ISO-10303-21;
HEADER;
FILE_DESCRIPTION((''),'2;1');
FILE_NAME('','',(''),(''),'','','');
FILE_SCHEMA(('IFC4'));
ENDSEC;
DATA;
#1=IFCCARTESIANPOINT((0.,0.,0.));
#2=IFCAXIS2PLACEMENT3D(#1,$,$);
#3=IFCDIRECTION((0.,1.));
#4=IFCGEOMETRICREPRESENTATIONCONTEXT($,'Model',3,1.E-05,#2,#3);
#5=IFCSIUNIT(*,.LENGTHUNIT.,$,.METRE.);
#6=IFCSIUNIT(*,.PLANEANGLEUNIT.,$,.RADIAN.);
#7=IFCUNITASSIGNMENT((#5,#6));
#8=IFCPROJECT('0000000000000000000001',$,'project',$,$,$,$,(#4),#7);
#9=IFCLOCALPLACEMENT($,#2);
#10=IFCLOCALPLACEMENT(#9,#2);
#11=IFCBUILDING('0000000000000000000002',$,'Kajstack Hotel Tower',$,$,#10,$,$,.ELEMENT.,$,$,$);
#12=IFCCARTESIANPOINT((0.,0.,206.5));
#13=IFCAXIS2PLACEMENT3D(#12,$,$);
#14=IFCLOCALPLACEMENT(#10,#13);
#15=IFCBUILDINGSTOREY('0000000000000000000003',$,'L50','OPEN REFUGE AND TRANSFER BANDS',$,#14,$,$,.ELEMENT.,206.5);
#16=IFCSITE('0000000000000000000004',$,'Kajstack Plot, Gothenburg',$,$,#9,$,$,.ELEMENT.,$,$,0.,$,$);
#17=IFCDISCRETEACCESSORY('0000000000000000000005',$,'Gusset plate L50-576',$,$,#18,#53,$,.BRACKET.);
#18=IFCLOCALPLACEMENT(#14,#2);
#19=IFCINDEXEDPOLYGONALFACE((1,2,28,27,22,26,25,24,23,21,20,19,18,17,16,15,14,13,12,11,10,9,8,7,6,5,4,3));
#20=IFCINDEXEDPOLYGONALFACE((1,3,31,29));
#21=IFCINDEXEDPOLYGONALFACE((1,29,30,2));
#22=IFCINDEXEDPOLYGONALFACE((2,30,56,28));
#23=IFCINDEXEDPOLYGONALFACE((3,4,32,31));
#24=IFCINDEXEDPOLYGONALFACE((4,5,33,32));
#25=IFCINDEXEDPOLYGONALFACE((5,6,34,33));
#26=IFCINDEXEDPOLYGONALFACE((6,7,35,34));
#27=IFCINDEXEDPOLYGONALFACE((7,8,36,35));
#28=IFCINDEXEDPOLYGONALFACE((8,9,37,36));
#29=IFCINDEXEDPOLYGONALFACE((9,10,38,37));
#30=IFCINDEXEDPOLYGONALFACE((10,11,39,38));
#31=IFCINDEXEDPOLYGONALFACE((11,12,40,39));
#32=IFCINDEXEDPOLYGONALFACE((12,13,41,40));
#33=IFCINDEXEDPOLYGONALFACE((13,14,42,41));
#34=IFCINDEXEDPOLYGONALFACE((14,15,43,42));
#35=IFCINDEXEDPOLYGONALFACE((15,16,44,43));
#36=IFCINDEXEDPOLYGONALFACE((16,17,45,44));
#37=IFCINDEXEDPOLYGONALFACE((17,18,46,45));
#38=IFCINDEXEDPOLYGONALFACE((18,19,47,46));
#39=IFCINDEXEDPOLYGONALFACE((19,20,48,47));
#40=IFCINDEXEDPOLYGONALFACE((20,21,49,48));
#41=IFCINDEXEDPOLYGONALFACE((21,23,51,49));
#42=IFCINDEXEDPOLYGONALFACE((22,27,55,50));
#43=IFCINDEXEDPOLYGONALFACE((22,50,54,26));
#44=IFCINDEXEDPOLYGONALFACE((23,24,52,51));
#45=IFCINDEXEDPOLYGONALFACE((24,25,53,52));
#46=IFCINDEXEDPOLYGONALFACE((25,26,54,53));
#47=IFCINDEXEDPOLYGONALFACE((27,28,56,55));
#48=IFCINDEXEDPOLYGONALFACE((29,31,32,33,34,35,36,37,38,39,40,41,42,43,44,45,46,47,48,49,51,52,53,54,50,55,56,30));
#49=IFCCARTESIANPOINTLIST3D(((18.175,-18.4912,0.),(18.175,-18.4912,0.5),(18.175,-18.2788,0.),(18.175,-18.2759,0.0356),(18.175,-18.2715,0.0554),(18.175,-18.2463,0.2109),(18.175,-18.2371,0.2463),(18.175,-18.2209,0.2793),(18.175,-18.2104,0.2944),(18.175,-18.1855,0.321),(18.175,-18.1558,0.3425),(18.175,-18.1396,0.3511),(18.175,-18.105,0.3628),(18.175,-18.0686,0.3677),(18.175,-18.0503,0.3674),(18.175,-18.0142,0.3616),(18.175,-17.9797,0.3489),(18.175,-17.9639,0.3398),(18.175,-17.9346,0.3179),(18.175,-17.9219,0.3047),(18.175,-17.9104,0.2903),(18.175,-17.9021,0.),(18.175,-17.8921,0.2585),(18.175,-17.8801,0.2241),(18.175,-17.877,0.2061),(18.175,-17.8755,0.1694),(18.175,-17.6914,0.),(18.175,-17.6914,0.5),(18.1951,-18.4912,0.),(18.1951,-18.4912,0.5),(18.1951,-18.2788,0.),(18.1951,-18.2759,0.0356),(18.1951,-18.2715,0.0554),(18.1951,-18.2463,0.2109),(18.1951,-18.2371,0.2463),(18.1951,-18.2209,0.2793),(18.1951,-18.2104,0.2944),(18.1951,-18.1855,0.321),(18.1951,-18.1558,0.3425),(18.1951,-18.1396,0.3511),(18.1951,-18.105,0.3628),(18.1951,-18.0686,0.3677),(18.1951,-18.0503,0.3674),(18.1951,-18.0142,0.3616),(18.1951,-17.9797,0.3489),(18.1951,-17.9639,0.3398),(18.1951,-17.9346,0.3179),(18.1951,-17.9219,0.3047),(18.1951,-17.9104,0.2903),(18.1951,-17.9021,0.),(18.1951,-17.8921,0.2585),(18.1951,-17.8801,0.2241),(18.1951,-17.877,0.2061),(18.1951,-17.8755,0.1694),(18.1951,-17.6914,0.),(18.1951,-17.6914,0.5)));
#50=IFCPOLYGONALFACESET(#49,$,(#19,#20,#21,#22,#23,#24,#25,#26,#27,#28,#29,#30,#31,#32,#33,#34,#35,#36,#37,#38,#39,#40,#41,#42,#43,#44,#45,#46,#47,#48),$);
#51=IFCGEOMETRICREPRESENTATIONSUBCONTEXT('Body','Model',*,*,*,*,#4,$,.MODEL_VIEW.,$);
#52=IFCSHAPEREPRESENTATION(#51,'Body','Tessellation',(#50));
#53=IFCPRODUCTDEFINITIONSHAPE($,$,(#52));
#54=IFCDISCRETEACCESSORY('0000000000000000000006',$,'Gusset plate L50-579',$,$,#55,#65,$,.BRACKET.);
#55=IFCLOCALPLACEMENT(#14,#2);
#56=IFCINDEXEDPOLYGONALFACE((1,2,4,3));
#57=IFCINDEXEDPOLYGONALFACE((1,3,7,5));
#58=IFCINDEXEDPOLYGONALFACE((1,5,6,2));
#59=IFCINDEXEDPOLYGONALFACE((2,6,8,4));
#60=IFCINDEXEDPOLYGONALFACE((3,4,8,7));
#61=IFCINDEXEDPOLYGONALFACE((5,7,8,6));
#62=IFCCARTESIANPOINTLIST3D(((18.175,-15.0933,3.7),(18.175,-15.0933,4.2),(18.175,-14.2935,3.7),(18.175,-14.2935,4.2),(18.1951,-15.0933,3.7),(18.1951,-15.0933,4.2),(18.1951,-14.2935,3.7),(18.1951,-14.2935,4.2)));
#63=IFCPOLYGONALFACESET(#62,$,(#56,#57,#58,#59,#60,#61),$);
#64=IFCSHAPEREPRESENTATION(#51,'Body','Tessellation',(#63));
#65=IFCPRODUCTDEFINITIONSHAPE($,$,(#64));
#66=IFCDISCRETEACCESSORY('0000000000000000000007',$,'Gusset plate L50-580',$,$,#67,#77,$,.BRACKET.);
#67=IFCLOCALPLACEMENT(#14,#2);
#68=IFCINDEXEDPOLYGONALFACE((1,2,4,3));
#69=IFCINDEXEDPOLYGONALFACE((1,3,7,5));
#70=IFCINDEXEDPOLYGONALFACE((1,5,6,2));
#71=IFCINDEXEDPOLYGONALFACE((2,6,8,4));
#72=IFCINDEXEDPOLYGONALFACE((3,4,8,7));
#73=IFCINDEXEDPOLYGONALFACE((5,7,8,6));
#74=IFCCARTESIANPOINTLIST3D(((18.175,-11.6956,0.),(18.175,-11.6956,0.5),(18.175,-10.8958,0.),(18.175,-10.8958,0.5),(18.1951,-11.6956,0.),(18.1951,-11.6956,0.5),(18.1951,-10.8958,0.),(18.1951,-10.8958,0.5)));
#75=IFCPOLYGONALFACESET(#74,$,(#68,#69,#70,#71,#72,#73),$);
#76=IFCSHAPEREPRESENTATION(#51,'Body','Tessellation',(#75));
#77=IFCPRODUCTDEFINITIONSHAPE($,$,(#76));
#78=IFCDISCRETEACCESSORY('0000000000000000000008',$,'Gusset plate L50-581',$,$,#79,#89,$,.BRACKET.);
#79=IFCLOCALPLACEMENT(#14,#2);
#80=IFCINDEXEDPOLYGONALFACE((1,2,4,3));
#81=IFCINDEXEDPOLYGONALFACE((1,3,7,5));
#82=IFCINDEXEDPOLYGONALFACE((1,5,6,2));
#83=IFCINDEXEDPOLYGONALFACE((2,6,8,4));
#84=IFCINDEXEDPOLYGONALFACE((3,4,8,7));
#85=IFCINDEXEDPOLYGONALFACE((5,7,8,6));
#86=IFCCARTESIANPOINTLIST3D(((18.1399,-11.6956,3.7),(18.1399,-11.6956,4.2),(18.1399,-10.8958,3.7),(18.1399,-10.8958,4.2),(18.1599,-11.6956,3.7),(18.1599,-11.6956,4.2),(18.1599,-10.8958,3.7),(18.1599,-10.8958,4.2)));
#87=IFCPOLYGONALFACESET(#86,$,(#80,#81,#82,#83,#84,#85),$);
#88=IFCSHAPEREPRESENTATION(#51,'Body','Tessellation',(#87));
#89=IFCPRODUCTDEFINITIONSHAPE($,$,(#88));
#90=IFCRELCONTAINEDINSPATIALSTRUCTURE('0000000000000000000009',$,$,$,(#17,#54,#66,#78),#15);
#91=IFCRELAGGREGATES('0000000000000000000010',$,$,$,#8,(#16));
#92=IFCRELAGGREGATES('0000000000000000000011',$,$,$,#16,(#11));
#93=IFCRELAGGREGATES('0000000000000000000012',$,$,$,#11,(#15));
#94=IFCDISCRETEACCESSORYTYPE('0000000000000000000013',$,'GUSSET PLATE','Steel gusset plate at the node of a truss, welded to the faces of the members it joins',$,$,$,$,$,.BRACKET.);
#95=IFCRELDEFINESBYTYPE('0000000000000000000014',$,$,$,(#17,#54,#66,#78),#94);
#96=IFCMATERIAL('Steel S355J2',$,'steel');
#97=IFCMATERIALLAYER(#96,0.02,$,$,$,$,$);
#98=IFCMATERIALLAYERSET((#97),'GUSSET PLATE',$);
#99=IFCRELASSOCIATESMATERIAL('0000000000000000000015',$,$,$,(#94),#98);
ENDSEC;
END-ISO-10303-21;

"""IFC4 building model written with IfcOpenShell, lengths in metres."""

from ifc_helpers import new_model, si_unit, direction, frame, origin, place, context, subcontext, project, spatial, polyline, outline, extrude, material, layer, layer_set, type_object, element, save


model = new_model("IFC4")

# Units and contexts
model_context = context("Model", 3, precision=1e-05, world=origin(), true_north=direction((0.0, 1.0)))
body_context = subcontext(model_context, "Body", "Model", "MODEL_VIEW")
ifc_project = project(units=[si_unit("LENGTHUNIT", "METRE"), si_unit("PLANEANGLEUNIT", "RADIAN")], contexts=[model_context])

# Site, building, storey
site_placement = place(None, origin())
site = spatial("IfcSite", under=ifc_project, at=site_placement, Name="Kajstack Plot, Gothenburg", CompositionType="ELEMENT", RefElevation=0.0)
building_placement = place(site_placement, origin())
building = spatial("IfcBuilding", under=site, at=building_placement, Name="Kajstack Hotel Tower", CompositionType="ELEMENT")
storey_placement = place(building_placement, frame((0.0, 0.0, 206.5)))
storey = spatial("IfcBuildingStorey", under=building, at=storey_placement, Name="L50", Description="OPEN REFUGE AND TRANSFER BANDS", CompositionType="ELEMENT", Elevation=206.5)

# Shared definitions
ifc_material_1 = material(Name="Steel S355J2", Category="steel")

# Discrete accessories
ifc_layer_1 = layer(ifc_material_1, 0.02)
ifc_layer_set_1 = layer_set([ifc_layer_1], Name="GUSSET PLATE")
discrete_accessory_type = type_object("IfcDiscreteAccessoryType", Name="GUSSET PLATE", Description="Steel gusset plate at the node of a truss, welded to the faces of the members it joins", PredefinedType="BRACKET", material=ifc_layer_set_1)
discrete_accessory_placement = place(storey_placement, frame((18.175, -18.0913, 0.0), z_axis=(1.0, 0.0, 0.0), x_axis=(0.0, 1.0, 0.0)))
element("IfcDiscreteAccessory", 1, at=discrete_accessory_placement, inside=storey, type_object=discrete_accessory_type, Name="Gusset plate L50-576", PredefinedType="BRACKET", context=body_context, shape_type="SweptSolid", body=[
    extrude(outline(polyline([(-0.3999, 0.0), (-0.1875, 0.0), (-0.1846, 0.0356), (-0.1802, 0.0554), (-0.155, 0.2109), (-0.1458, 0.2463), (-0.1296, 0.2793), (-0.1191, 0.2944), (-0.0942, 0.321), (-0.0645, 0.3425), (-0.0483, 0.3511), (-0.0137, 0.3628), (0.0227, 0.3677), (0.041, 0.3674), (0.0771, 0.3616), (0.1116, 0.3489), (0.1274, 0.3398), (0.1567, 0.3179), (0.1694, 0.3047), (0.1809, 0.2903), (0.1992, 0.2585), (0.2112, 0.2241), (0.2144, 0.2061), (0.2158, 0.1694), (0.1892, 0.0), (0.3999, 0.0), (0.3999, 0.5), (-0.3999, 0.5), (-0.3999, 0.0)])), origin(), (0.0, 0.0, 1.0), 0.02),
])
for number, where, z_axis, x_axis, name in (
    (2, (18.175, -14.6934, 3.7), (1.0, 0.0, 0.0), (0.0, 1.0, 0.0), "Gusset plate L50-579"),
    (3, (18.175, -11.2957, 0.0), (1.0, 0.0, 0.0), (0.0, 1.0, 0.0), "Gusset plate L50-580"),
    (4, (18.1399, -11.2957, 3.7), (1.0, 0.0, 0.0), (0.0, 1.0, 0.0), "Gusset plate L50-581"),
):
    element("IfcDiscreteAccessory", number, at=place(storey_placement, frame(where, z_axis=z_axis, x_axis=x_axis)), inside=storey, type_object=discrete_accessory_type, Name=name, PredefinedType="BRACKET", context=body_context, shape_type="SweptSolid", body=[
        extrude(outline(polyline([(-0.3999, 0.0), (0.3999, 0.0), (0.3999, 0.5), (-0.3999, 0.5), (-0.3999, 0.0)])), origin(), (0.0, 0.0, 1.0), 0.02),
    ])

save(model, "model.ifc")
